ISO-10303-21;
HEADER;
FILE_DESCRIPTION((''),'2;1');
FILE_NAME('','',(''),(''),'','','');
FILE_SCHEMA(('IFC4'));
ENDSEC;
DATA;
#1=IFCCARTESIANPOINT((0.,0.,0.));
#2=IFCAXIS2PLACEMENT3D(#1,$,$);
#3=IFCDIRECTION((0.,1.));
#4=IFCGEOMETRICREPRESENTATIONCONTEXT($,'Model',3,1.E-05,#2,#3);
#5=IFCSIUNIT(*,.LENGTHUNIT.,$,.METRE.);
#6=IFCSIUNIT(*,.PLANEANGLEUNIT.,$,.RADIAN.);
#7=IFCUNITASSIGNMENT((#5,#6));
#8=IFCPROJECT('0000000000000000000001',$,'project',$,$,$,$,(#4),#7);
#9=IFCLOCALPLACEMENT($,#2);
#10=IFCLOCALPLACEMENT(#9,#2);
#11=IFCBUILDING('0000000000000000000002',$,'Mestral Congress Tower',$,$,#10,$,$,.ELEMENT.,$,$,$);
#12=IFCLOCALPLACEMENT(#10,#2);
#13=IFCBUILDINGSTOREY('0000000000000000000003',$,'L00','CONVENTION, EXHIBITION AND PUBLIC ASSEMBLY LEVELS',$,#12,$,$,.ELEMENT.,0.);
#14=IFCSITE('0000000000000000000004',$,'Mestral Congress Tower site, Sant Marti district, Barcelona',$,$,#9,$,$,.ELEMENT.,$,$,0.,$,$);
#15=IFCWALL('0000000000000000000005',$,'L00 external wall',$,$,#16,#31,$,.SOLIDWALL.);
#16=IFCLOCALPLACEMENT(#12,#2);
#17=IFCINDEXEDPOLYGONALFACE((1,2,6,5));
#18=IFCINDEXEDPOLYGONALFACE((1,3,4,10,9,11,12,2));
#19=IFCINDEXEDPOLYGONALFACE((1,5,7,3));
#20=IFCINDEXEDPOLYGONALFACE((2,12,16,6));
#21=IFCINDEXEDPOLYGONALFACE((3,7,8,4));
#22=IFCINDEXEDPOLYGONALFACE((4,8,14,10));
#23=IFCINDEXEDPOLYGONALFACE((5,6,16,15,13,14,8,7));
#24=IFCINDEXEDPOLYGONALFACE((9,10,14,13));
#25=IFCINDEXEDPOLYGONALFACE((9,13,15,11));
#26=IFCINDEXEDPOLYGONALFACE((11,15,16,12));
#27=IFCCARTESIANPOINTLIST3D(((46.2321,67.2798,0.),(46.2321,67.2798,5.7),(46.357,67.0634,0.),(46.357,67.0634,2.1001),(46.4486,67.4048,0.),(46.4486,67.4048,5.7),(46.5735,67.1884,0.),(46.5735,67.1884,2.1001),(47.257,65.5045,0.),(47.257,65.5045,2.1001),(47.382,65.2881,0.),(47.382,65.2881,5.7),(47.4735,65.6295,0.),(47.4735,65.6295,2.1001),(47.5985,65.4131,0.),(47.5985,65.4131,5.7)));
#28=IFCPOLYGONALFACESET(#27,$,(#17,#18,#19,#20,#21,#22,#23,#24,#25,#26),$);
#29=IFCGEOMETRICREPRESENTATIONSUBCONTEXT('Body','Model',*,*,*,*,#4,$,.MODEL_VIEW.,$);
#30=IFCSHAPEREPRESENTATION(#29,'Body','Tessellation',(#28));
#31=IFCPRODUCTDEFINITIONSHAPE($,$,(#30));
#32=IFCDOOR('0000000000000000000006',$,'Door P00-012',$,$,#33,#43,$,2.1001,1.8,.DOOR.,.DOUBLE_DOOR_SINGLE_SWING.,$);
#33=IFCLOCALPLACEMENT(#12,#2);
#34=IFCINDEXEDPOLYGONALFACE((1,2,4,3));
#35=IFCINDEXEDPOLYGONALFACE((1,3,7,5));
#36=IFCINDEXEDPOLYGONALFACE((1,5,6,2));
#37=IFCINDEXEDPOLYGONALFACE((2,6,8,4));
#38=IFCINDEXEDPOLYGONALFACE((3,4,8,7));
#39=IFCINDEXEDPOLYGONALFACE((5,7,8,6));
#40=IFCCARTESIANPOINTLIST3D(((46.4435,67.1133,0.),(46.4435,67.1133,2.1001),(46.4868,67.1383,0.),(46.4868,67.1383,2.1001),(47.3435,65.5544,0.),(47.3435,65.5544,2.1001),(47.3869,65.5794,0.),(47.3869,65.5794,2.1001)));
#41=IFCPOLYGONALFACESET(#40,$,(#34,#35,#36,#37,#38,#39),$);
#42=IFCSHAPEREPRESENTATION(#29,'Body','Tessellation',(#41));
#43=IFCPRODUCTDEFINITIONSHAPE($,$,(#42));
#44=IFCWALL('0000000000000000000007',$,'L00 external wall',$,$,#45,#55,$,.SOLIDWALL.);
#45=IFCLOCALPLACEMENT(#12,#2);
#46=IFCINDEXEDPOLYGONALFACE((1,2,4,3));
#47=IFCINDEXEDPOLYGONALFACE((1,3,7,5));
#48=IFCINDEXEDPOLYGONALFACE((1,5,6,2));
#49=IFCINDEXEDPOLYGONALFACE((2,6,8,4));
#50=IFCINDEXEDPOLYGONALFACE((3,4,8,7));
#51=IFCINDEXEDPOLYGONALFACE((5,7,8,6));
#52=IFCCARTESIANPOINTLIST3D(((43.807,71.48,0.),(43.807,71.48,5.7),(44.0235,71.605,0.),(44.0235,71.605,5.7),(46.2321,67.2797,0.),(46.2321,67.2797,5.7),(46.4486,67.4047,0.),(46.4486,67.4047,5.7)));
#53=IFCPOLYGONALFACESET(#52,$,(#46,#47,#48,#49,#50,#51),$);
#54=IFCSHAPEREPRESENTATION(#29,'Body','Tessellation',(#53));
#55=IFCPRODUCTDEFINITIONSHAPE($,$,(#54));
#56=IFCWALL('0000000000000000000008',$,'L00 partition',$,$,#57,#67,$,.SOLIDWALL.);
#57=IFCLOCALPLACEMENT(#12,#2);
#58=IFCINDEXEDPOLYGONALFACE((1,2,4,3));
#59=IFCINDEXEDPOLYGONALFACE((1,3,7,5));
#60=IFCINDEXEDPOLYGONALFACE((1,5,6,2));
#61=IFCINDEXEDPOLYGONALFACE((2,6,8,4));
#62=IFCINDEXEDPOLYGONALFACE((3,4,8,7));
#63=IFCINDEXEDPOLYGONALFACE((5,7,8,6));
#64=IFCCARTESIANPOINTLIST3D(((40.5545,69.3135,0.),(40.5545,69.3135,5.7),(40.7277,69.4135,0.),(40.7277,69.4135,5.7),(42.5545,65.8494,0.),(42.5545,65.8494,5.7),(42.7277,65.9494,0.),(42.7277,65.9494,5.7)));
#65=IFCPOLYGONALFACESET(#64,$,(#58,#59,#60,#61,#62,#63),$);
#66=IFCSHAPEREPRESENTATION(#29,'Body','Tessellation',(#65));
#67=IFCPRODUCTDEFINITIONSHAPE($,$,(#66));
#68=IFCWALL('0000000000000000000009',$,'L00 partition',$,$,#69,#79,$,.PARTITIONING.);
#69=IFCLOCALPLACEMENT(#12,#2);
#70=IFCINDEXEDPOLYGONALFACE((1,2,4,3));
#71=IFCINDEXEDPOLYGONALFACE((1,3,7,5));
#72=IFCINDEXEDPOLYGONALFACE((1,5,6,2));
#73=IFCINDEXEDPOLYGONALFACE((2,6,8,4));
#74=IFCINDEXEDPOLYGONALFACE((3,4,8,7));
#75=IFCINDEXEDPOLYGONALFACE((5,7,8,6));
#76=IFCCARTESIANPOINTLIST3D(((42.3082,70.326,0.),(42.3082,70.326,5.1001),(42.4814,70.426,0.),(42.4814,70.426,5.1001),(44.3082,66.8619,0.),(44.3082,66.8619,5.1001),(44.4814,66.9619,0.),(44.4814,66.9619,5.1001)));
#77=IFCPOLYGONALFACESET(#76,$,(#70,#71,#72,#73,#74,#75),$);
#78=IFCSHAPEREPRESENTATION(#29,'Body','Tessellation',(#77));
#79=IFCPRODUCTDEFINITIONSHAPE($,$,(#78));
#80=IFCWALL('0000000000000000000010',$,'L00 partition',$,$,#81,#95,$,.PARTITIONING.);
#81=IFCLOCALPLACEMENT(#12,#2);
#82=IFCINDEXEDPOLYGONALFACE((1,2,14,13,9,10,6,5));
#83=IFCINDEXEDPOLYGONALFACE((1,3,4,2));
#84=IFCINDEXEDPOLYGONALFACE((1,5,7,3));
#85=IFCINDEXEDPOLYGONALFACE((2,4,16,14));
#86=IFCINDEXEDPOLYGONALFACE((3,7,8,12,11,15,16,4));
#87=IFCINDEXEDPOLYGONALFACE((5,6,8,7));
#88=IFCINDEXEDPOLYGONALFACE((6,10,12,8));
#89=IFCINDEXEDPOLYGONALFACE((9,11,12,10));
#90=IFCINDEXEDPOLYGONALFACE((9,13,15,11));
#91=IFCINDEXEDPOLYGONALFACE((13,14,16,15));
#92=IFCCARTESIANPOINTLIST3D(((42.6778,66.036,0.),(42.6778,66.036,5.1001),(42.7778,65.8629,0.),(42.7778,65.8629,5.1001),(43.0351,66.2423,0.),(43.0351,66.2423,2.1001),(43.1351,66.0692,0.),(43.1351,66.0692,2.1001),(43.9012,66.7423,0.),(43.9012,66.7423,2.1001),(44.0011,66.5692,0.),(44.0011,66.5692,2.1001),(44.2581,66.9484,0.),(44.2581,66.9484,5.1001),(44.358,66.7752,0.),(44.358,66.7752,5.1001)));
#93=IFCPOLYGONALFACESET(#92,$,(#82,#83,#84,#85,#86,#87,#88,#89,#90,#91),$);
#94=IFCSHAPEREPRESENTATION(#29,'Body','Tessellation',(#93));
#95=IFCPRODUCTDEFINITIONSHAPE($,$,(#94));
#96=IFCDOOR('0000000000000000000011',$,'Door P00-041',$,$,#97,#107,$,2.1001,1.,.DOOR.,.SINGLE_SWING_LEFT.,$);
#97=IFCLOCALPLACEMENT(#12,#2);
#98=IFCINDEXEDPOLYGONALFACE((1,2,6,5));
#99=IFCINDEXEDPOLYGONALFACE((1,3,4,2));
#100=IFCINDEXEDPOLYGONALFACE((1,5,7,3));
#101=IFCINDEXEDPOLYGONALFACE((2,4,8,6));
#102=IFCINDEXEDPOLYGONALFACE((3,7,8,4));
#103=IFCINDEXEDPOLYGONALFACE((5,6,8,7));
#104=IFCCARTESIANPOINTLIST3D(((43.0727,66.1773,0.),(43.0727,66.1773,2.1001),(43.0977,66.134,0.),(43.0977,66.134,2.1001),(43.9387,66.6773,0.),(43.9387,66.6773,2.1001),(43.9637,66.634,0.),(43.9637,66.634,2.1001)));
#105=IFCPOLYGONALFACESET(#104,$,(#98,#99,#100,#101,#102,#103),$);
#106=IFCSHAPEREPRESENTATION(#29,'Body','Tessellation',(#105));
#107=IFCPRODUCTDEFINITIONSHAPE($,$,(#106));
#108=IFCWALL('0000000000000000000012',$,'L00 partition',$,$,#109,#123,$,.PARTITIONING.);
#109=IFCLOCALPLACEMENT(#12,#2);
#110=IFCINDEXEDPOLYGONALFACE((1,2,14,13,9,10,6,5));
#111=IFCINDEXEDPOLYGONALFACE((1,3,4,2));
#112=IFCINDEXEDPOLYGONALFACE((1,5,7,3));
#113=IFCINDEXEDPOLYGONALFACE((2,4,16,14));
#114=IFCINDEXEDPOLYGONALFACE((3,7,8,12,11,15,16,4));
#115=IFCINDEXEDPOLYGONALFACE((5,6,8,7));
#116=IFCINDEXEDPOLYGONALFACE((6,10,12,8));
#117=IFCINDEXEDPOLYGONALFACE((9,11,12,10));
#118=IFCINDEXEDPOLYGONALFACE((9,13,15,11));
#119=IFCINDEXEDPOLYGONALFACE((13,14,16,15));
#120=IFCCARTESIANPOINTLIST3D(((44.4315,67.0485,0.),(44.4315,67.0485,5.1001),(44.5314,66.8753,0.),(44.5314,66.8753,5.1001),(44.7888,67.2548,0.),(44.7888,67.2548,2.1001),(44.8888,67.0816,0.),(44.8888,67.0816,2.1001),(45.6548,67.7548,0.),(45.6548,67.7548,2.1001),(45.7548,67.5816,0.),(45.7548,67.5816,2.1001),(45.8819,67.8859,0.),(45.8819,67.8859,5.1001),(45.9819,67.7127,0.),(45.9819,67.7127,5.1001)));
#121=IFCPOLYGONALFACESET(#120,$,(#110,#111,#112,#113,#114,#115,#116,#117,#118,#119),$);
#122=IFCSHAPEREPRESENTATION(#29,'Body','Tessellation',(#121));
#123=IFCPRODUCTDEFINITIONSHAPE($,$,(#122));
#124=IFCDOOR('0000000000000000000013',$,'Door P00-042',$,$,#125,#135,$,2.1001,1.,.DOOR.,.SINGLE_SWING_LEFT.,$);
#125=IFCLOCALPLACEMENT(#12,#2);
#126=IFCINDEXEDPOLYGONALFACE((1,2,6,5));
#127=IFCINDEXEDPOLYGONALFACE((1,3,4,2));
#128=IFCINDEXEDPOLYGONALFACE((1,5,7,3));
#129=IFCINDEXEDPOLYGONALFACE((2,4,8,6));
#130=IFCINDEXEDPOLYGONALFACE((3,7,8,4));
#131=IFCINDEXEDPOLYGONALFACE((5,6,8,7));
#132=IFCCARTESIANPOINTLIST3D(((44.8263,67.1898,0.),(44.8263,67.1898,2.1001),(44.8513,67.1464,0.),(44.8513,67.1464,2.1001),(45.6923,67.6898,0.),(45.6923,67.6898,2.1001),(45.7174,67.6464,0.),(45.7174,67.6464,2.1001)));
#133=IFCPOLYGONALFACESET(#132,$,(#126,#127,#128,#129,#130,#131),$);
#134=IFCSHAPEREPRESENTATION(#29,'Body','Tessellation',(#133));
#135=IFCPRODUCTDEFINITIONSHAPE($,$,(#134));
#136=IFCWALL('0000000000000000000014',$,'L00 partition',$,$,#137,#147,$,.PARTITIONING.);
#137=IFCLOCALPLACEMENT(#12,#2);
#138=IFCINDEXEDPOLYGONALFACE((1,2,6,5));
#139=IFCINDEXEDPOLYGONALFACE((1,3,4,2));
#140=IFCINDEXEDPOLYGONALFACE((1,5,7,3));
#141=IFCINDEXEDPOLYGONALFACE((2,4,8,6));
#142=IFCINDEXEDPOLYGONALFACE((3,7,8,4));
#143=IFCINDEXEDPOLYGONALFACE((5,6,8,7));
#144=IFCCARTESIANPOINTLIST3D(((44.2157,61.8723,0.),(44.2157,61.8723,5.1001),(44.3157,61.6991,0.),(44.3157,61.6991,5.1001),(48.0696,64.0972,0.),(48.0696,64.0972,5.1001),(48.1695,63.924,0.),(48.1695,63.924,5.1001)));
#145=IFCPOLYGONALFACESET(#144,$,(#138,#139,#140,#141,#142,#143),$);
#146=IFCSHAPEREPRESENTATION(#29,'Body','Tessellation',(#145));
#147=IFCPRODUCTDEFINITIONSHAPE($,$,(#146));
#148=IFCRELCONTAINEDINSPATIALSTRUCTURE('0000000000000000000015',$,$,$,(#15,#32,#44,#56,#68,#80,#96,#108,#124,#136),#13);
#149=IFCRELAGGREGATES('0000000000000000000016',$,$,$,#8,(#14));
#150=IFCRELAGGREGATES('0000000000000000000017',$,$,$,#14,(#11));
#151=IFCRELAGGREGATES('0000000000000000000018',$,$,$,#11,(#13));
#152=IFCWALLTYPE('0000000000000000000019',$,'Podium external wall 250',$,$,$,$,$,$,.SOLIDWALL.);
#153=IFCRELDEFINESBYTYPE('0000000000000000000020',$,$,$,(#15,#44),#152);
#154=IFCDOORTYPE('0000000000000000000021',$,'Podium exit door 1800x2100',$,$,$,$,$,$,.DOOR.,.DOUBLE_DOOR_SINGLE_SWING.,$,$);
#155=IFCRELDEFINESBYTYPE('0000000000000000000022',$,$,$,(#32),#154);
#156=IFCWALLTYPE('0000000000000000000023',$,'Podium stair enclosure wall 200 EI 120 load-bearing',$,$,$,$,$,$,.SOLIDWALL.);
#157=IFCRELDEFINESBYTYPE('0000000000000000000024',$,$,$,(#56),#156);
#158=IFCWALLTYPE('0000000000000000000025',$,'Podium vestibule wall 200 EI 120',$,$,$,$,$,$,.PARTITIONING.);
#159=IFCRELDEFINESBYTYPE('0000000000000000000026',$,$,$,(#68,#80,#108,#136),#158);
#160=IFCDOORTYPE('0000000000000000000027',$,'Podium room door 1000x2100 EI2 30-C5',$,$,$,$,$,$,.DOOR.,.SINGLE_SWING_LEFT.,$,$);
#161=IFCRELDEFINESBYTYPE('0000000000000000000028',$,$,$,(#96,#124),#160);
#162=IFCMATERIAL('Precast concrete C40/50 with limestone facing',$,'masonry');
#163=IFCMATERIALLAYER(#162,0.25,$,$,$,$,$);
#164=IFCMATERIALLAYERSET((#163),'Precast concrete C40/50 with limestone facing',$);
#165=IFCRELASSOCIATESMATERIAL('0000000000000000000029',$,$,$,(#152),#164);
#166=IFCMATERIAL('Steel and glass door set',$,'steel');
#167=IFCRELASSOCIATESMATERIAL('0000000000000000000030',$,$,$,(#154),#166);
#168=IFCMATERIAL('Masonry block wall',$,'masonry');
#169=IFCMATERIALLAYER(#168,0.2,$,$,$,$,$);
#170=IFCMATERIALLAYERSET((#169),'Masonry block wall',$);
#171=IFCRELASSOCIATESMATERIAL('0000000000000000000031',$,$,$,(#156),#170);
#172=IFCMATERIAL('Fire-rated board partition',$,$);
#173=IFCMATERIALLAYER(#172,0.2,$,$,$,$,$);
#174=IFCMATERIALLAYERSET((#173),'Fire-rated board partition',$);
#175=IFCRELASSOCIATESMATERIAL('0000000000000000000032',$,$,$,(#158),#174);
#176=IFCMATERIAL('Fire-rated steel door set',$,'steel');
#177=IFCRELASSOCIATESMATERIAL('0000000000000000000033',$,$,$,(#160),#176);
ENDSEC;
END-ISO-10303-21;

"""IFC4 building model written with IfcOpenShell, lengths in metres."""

from ifc_helpers import new_model, si_unit, direction, frame, frame_2d, origin, place, context, subcontext, project, spatial, rectangle, extrude, material, layer, layer_set, type_object, element, fill, save


model = new_model("IFC4")

# Units and contexts
model_context = context("Model", 3, precision=1e-05, world=origin(), true_north=direction((0.0, 1.0)))
body_context = subcontext(model_context, "Body", "Model", "MODEL_VIEW")
ifc_project = project(units=[si_unit("LENGTHUNIT", "METRE"), si_unit("PLANEANGLEUNIT", "RADIAN")], contexts=[model_context])

# Site, building, storey
site_placement = place(None, origin())
site = spatial("IfcSite", under=ifc_project, at=site_placement, Name="Mestral Congress Tower site, Sant Marti district, Barcelona", CompositionType="ELEMENT", RefElevation=0.0)
building_placement = place(site_placement, origin())
building = spatial("IfcBuilding", under=site, at=building_placement, Name="Mestral Congress Tower", CompositionType="ELEMENT")
storey_placement = place(building_placement, origin())
storey = spatial("IfcBuildingStorey", under=building, at=storey_placement, Name="L00", Description="CONVENTION, EXHIBITION AND PUBLIC ASSEMBLY LEVELS", CompositionType="ELEMENT", Elevation=0.0)

# Shared definitions
ifc_material_1 = material(Name="Precast concrete C40/50 with limestone facing", Category="masonry")
ifc_layer_1 = layer(ifc_material_1, 0.25)
ifc_layer_set_1 = layer_set([ifc_layer_1], Name="Precast concrete C40/50 with limestone facing")
wall_type_1 = type_object("IfcWallType", Name="Podium external wall 250", PredefinedType="SOLIDWALL", material=ifc_layer_set_1)

# Wall, opening, door
wall_1_placement = place(storey_placement, frame((46.3403, 67.3423, 0.0), z_axis=(0.0, 0.0, 1.0), x_axis=(0.499998, -0.866026, 0.0)))
wall_1 = element("IfcWall", 1, at=wall_1_placement, inside=storey, type_object=wall_type_1, Name="L00 external wall", PredefinedType="SOLIDWALL", context=body_context, shape_type="SweptSolid", body=[
    extrude(rectangle(XDim=2.2998, YDim=0.25, at=frame_2d((1.1499, 0.0))), origin(), (0.0, 0.0, 1.0), 5.7),
])
opening_1_placement = place(wall_1_placement, frame((0.25, 0.0, 0.0)))
opening_1 = element("IfcOpeningElement", 2, at=opening_1_placement, cuts=wall_1, PredefinedType="OPENING", context=body_context, shape_type="SweptSolid", body=[
    extrude(rectangle(XDim=1.8, YDim=2.1001, at=frame_2d((0.8999, 1.05))), frame((0.0, 0.135, 0.0), z_axis=(0.0, -1.0, 0.0), x_axis=(1.0, 0.0, 0.0)), (0.0, 0.0, 1.0), 0.27),
])
ifc_material_2 = material(Name="Steel and glass door set", Category="steel")
door_type_1 = type_object("IfcDoorType", Name="Podium exit door 1800x2100", OperationType="DOUBLE_DOOR_SINGLE_SWING", PredefinedType="DOOR", material=ifc_material_2)
door_1_placement = place(opening_1_placement, origin())
door_1 = element("IfcDoor", 3, at=door_1_placement, inside=storey, type_object=door_type_1, Name="Door P00-012", OperationType="DOUBLE_DOOR_SINGLE_SWING", OverallHeight=2.1001, OverallWidth=1.8, PredefinedType="DOOR", context=body_context, shape_type="SweptSolid", body=[
    extrude(rectangle(XDim=1.8, YDim=2.1001, at=frame_2d((0.8999, 1.05))), frame((0.0, 0.0249, 0.0), z_axis=(0.0, -1.0, 0.0), x_axis=(1.0, 0.0, 0.0)), (0.0, 0.0, 1.0), 0.05),
])
fill(opening_1, door_1)

# Walls
wall_2_placement = place(storey_placement, frame((43.9153, 71.5425, 0.0), z_axis=(0.0, 0.0, 1.0), x_axis=(0.50001, -0.86602, 0.0)))
element("IfcWall", 4, at=wall_2_placement, inside=storey, type_object=wall_type_1, Name="L00 external wall", PredefinedType="SOLIDWALL", context=body_context, shape_type="SweptSolid", body=[
    extrude(rectangle(XDim=4.8501, YDim=0.25, at=frame_2d((2.425, 0.0))), origin(), (0.0, 0.0, 1.0), 5.7),
])
ifc_material_3 = material(Name="Masonry block wall", Category="masonry")
ifc_layer_2 = layer(ifc_material_3, 0.2)
ifc_layer_set_2 = layer_set([ifc_layer_2], Name="Masonry block wall")
wall_type_2 = type_object("IfcWallType", Name="Podium stair enclosure wall 200 EI 120 load-bearing", PredefinedType="SOLIDWALL", material=ifc_layer_set_2)
wall_3_placement = place(storey_placement, frame((42.6411, 65.8994, 0.0), z_axis=(0.0, 0.0, 1.0), x_axis=(-0.499999, 0.866026, 0.0)))
element("IfcWall", 5, at=wall_3_placement, inside=storey, type_object=wall_type_2, Name="L00 partition", PredefinedType="SOLIDWALL", context=body_context, shape_type="SweptSolid", body=[
    extrude(rectangle(XDim=4.0, YDim=0.2, at=frame_2d((2.0, 0.0))), origin(), (0.0, 0.0, 1.0), 5.7),
])
ifc_material_4 = material(Name="Fire-rated board partition")
ifc_layer_3 = layer(ifc_material_4, 0.2)
ifc_layer_set_3 = layer_set([ifc_layer_3], Name="Fire-rated board partition")
wall_type_3 = type_object("IfcWallType", Name="Podium vestibule wall 200 EI 120", PredefinedType="PARTITIONING", material=ifc_layer_set_3)
wall_4_placement = place(storey_placement, frame((44.3948, 66.9119, 0.0), z_axis=(0.0, 0.0, 1.0), x_axis=(-0.499999, 0.866026, 0.0)))
element("IfcWall", 6, at=wall_4_placement, inside=storey, type_object=wall_type_3, Name="L00 partition", PredefinedType="PARTITIONING", context=body_context, shape_type="SweptSolid", body=[
    extrude(rectangle(XDim=4.0, YDim=0.2, at=frame_2d((2.0, 0.0))), origin(), (0.0, 0.0, 1.0), 5.1001),
])

# Walls, openings, doors
wall_5_placement = place(storey_placement, frame((42.7278, 65.9495, 0.0), z_axis=(0.0, 0.0, 1.0), x_axis=(0.866036, 0.499981, 0.0)))
wall_5 = element("IfcWall", 7, at=wall_5_placement, inside=storey, type_object=wall_type_3, Name="L00 partition", PredefinedType="PARTITIONING", context=body_context, shape_type="SweptSolid", body=[
    extrude(rectangle(XDim=1.8247, YDim=0.2, at=frame_2d((0.9124, 0.0))), origin(), (0.0, 0.0, 1.0), 5.1001),
])
opening_2_placement = place(wall_5_placement, frame((0.4126, 0.0, 0.0)))
opening_2 = element("IfcOpeningElement", 8, at=opening_2_placement, cuts=wall_5, PredefinedType="OPENING", context=body_context, shape_type="SweptSolid", body=[
    extrude(rectangle(XDim=1.0, YDim=2.1001, at=frame_2d((0.5, 1.05))), frame((0.0, 0.1099, 0.0), z_axis=(0.0, -1.0, 0.0), x_axis=(1.0, 0.0, 0.0)), (0.0, 0.0, 1.0), 0.22),
])
ifc_material_5 = material(Name="Fire-rated steel door set", Category="steel")
door_type_2 = type_object("IfcDoorType", Name="Podium room door 1000x2100 EI2 30-C5", OperationType="SINGLE_SWING_LEFT", PredefinedType="DOOR", material=ifc_material_5)
door_2_placement = place(opening_2_placement, origin())
door_2 = element("IfcDoor", 9, at=door_2_placement, inside=storey, type_object=door_type_2, Name="Door P00-041", OperationType="SINGLE_SWING_LEFT", OverallHeight=2.1001, OverallWidth=1.0, PredefinedType="DOOR", context=body_context, shape_type="SweptSolid", body=[
    extrude(rectangle(XDim=1.0, YDim=2.1001, at=frame_2d((0.5, 1.05))), frame((0.0, 0.0249, 0.0), z_axis=(0.0, -1.0, 0.0), x_axis=(1.0, 0.0, 0.0)), (0.0, 0.0, 1.0), 0.05),
])
fill(opening_2, door_2)
wall_6_placement = place(storey_placement, frame((44.4814, 66.9619, 0.0), z_axis=(0.0, 0.0, 1.0), x_axis=(0.866028, 0.499996, 0.0)))
wall_6 = element("IfcWall", 10, at=wall_6_placement, inside=storey, type_object=wall_type_3, Name="L00 partition", PredefinedType="PARTITIONING", context=body_context, shape_type="SweptSolid", body=[
    extrude(rectangle(XDim=1.6748, YDim=0.2, at=frame_2d((0.8374, 0.0))), origin(), (0.0, 0.0, 1.0), 5.1001),
])
opening_3_placement = place(wall_6_placement, frame((0.4126, 0.0, 0.0)))
opening_3 = element("IfcOpeningElement", 11, at=opening_3_placement, cuts=wall_6, PredefinedType="OPENING", context=body_context, shape_type="SweptSolid", body=[
    extrude(rectangle(XDim=1.0, YDim=2.1001, at=frame_2d((0.5, 1.05))), frame((0.0, 0.1099, 0.0), z_axis=(0.0, -1.0, 0.0), x_axis=(1.0, 0.0, 0.0)), (0.0, 0.0, 1.0), 0.22),
])
door_3_placement = place(opening_3_placement, origin())
door_3 = element("IfcDoor", 12, at=door_3_placement, inside=storey, type_object=door_type_2, Name="Door P00-042", OperationType="SINGLE_SWING_LEFT", OverallHeight=2.1001, OverallWidth=1.0, PredefinedType="DOOR", context=body_context, shape_type="SweptSolid", body=[
    extrude(rectangle(XDim=1.0, YDim=2.1001, at=frame_2d((0.5, 1.05))), frame((0.0, 0.0249, 0.0), z_axis=(0.0, -1.0, 0.0), x_axis=(1.0, 0.0, 0.0)), (0.0, 0.0, 1.0), 0.05),
])
fill(opening_3, door_3)

# Wall
wall_7_placement = place(storey_placement, frame((44.2656, 61.7856, 0.0), z_axis=(0.0, 0.0, 1.0), x_axis=(0.866037, 0.49998, 0.0)))
element("IfcWall", 13, at=wall_7_placement, inside=storey, type_object=wall_type_3, Name="L00 partition", PredefinedType="PARTITIONING", context=body_context, shape_type="SweptSolid", body=[
    extrude(rectangle(XDim=4.45, YDim=0.2, at=frame_2d((2.2251, 0.0))), origin(), (0.0, 0.0, 1.0), 5.1001),
])

save(model, "model.ifc")
